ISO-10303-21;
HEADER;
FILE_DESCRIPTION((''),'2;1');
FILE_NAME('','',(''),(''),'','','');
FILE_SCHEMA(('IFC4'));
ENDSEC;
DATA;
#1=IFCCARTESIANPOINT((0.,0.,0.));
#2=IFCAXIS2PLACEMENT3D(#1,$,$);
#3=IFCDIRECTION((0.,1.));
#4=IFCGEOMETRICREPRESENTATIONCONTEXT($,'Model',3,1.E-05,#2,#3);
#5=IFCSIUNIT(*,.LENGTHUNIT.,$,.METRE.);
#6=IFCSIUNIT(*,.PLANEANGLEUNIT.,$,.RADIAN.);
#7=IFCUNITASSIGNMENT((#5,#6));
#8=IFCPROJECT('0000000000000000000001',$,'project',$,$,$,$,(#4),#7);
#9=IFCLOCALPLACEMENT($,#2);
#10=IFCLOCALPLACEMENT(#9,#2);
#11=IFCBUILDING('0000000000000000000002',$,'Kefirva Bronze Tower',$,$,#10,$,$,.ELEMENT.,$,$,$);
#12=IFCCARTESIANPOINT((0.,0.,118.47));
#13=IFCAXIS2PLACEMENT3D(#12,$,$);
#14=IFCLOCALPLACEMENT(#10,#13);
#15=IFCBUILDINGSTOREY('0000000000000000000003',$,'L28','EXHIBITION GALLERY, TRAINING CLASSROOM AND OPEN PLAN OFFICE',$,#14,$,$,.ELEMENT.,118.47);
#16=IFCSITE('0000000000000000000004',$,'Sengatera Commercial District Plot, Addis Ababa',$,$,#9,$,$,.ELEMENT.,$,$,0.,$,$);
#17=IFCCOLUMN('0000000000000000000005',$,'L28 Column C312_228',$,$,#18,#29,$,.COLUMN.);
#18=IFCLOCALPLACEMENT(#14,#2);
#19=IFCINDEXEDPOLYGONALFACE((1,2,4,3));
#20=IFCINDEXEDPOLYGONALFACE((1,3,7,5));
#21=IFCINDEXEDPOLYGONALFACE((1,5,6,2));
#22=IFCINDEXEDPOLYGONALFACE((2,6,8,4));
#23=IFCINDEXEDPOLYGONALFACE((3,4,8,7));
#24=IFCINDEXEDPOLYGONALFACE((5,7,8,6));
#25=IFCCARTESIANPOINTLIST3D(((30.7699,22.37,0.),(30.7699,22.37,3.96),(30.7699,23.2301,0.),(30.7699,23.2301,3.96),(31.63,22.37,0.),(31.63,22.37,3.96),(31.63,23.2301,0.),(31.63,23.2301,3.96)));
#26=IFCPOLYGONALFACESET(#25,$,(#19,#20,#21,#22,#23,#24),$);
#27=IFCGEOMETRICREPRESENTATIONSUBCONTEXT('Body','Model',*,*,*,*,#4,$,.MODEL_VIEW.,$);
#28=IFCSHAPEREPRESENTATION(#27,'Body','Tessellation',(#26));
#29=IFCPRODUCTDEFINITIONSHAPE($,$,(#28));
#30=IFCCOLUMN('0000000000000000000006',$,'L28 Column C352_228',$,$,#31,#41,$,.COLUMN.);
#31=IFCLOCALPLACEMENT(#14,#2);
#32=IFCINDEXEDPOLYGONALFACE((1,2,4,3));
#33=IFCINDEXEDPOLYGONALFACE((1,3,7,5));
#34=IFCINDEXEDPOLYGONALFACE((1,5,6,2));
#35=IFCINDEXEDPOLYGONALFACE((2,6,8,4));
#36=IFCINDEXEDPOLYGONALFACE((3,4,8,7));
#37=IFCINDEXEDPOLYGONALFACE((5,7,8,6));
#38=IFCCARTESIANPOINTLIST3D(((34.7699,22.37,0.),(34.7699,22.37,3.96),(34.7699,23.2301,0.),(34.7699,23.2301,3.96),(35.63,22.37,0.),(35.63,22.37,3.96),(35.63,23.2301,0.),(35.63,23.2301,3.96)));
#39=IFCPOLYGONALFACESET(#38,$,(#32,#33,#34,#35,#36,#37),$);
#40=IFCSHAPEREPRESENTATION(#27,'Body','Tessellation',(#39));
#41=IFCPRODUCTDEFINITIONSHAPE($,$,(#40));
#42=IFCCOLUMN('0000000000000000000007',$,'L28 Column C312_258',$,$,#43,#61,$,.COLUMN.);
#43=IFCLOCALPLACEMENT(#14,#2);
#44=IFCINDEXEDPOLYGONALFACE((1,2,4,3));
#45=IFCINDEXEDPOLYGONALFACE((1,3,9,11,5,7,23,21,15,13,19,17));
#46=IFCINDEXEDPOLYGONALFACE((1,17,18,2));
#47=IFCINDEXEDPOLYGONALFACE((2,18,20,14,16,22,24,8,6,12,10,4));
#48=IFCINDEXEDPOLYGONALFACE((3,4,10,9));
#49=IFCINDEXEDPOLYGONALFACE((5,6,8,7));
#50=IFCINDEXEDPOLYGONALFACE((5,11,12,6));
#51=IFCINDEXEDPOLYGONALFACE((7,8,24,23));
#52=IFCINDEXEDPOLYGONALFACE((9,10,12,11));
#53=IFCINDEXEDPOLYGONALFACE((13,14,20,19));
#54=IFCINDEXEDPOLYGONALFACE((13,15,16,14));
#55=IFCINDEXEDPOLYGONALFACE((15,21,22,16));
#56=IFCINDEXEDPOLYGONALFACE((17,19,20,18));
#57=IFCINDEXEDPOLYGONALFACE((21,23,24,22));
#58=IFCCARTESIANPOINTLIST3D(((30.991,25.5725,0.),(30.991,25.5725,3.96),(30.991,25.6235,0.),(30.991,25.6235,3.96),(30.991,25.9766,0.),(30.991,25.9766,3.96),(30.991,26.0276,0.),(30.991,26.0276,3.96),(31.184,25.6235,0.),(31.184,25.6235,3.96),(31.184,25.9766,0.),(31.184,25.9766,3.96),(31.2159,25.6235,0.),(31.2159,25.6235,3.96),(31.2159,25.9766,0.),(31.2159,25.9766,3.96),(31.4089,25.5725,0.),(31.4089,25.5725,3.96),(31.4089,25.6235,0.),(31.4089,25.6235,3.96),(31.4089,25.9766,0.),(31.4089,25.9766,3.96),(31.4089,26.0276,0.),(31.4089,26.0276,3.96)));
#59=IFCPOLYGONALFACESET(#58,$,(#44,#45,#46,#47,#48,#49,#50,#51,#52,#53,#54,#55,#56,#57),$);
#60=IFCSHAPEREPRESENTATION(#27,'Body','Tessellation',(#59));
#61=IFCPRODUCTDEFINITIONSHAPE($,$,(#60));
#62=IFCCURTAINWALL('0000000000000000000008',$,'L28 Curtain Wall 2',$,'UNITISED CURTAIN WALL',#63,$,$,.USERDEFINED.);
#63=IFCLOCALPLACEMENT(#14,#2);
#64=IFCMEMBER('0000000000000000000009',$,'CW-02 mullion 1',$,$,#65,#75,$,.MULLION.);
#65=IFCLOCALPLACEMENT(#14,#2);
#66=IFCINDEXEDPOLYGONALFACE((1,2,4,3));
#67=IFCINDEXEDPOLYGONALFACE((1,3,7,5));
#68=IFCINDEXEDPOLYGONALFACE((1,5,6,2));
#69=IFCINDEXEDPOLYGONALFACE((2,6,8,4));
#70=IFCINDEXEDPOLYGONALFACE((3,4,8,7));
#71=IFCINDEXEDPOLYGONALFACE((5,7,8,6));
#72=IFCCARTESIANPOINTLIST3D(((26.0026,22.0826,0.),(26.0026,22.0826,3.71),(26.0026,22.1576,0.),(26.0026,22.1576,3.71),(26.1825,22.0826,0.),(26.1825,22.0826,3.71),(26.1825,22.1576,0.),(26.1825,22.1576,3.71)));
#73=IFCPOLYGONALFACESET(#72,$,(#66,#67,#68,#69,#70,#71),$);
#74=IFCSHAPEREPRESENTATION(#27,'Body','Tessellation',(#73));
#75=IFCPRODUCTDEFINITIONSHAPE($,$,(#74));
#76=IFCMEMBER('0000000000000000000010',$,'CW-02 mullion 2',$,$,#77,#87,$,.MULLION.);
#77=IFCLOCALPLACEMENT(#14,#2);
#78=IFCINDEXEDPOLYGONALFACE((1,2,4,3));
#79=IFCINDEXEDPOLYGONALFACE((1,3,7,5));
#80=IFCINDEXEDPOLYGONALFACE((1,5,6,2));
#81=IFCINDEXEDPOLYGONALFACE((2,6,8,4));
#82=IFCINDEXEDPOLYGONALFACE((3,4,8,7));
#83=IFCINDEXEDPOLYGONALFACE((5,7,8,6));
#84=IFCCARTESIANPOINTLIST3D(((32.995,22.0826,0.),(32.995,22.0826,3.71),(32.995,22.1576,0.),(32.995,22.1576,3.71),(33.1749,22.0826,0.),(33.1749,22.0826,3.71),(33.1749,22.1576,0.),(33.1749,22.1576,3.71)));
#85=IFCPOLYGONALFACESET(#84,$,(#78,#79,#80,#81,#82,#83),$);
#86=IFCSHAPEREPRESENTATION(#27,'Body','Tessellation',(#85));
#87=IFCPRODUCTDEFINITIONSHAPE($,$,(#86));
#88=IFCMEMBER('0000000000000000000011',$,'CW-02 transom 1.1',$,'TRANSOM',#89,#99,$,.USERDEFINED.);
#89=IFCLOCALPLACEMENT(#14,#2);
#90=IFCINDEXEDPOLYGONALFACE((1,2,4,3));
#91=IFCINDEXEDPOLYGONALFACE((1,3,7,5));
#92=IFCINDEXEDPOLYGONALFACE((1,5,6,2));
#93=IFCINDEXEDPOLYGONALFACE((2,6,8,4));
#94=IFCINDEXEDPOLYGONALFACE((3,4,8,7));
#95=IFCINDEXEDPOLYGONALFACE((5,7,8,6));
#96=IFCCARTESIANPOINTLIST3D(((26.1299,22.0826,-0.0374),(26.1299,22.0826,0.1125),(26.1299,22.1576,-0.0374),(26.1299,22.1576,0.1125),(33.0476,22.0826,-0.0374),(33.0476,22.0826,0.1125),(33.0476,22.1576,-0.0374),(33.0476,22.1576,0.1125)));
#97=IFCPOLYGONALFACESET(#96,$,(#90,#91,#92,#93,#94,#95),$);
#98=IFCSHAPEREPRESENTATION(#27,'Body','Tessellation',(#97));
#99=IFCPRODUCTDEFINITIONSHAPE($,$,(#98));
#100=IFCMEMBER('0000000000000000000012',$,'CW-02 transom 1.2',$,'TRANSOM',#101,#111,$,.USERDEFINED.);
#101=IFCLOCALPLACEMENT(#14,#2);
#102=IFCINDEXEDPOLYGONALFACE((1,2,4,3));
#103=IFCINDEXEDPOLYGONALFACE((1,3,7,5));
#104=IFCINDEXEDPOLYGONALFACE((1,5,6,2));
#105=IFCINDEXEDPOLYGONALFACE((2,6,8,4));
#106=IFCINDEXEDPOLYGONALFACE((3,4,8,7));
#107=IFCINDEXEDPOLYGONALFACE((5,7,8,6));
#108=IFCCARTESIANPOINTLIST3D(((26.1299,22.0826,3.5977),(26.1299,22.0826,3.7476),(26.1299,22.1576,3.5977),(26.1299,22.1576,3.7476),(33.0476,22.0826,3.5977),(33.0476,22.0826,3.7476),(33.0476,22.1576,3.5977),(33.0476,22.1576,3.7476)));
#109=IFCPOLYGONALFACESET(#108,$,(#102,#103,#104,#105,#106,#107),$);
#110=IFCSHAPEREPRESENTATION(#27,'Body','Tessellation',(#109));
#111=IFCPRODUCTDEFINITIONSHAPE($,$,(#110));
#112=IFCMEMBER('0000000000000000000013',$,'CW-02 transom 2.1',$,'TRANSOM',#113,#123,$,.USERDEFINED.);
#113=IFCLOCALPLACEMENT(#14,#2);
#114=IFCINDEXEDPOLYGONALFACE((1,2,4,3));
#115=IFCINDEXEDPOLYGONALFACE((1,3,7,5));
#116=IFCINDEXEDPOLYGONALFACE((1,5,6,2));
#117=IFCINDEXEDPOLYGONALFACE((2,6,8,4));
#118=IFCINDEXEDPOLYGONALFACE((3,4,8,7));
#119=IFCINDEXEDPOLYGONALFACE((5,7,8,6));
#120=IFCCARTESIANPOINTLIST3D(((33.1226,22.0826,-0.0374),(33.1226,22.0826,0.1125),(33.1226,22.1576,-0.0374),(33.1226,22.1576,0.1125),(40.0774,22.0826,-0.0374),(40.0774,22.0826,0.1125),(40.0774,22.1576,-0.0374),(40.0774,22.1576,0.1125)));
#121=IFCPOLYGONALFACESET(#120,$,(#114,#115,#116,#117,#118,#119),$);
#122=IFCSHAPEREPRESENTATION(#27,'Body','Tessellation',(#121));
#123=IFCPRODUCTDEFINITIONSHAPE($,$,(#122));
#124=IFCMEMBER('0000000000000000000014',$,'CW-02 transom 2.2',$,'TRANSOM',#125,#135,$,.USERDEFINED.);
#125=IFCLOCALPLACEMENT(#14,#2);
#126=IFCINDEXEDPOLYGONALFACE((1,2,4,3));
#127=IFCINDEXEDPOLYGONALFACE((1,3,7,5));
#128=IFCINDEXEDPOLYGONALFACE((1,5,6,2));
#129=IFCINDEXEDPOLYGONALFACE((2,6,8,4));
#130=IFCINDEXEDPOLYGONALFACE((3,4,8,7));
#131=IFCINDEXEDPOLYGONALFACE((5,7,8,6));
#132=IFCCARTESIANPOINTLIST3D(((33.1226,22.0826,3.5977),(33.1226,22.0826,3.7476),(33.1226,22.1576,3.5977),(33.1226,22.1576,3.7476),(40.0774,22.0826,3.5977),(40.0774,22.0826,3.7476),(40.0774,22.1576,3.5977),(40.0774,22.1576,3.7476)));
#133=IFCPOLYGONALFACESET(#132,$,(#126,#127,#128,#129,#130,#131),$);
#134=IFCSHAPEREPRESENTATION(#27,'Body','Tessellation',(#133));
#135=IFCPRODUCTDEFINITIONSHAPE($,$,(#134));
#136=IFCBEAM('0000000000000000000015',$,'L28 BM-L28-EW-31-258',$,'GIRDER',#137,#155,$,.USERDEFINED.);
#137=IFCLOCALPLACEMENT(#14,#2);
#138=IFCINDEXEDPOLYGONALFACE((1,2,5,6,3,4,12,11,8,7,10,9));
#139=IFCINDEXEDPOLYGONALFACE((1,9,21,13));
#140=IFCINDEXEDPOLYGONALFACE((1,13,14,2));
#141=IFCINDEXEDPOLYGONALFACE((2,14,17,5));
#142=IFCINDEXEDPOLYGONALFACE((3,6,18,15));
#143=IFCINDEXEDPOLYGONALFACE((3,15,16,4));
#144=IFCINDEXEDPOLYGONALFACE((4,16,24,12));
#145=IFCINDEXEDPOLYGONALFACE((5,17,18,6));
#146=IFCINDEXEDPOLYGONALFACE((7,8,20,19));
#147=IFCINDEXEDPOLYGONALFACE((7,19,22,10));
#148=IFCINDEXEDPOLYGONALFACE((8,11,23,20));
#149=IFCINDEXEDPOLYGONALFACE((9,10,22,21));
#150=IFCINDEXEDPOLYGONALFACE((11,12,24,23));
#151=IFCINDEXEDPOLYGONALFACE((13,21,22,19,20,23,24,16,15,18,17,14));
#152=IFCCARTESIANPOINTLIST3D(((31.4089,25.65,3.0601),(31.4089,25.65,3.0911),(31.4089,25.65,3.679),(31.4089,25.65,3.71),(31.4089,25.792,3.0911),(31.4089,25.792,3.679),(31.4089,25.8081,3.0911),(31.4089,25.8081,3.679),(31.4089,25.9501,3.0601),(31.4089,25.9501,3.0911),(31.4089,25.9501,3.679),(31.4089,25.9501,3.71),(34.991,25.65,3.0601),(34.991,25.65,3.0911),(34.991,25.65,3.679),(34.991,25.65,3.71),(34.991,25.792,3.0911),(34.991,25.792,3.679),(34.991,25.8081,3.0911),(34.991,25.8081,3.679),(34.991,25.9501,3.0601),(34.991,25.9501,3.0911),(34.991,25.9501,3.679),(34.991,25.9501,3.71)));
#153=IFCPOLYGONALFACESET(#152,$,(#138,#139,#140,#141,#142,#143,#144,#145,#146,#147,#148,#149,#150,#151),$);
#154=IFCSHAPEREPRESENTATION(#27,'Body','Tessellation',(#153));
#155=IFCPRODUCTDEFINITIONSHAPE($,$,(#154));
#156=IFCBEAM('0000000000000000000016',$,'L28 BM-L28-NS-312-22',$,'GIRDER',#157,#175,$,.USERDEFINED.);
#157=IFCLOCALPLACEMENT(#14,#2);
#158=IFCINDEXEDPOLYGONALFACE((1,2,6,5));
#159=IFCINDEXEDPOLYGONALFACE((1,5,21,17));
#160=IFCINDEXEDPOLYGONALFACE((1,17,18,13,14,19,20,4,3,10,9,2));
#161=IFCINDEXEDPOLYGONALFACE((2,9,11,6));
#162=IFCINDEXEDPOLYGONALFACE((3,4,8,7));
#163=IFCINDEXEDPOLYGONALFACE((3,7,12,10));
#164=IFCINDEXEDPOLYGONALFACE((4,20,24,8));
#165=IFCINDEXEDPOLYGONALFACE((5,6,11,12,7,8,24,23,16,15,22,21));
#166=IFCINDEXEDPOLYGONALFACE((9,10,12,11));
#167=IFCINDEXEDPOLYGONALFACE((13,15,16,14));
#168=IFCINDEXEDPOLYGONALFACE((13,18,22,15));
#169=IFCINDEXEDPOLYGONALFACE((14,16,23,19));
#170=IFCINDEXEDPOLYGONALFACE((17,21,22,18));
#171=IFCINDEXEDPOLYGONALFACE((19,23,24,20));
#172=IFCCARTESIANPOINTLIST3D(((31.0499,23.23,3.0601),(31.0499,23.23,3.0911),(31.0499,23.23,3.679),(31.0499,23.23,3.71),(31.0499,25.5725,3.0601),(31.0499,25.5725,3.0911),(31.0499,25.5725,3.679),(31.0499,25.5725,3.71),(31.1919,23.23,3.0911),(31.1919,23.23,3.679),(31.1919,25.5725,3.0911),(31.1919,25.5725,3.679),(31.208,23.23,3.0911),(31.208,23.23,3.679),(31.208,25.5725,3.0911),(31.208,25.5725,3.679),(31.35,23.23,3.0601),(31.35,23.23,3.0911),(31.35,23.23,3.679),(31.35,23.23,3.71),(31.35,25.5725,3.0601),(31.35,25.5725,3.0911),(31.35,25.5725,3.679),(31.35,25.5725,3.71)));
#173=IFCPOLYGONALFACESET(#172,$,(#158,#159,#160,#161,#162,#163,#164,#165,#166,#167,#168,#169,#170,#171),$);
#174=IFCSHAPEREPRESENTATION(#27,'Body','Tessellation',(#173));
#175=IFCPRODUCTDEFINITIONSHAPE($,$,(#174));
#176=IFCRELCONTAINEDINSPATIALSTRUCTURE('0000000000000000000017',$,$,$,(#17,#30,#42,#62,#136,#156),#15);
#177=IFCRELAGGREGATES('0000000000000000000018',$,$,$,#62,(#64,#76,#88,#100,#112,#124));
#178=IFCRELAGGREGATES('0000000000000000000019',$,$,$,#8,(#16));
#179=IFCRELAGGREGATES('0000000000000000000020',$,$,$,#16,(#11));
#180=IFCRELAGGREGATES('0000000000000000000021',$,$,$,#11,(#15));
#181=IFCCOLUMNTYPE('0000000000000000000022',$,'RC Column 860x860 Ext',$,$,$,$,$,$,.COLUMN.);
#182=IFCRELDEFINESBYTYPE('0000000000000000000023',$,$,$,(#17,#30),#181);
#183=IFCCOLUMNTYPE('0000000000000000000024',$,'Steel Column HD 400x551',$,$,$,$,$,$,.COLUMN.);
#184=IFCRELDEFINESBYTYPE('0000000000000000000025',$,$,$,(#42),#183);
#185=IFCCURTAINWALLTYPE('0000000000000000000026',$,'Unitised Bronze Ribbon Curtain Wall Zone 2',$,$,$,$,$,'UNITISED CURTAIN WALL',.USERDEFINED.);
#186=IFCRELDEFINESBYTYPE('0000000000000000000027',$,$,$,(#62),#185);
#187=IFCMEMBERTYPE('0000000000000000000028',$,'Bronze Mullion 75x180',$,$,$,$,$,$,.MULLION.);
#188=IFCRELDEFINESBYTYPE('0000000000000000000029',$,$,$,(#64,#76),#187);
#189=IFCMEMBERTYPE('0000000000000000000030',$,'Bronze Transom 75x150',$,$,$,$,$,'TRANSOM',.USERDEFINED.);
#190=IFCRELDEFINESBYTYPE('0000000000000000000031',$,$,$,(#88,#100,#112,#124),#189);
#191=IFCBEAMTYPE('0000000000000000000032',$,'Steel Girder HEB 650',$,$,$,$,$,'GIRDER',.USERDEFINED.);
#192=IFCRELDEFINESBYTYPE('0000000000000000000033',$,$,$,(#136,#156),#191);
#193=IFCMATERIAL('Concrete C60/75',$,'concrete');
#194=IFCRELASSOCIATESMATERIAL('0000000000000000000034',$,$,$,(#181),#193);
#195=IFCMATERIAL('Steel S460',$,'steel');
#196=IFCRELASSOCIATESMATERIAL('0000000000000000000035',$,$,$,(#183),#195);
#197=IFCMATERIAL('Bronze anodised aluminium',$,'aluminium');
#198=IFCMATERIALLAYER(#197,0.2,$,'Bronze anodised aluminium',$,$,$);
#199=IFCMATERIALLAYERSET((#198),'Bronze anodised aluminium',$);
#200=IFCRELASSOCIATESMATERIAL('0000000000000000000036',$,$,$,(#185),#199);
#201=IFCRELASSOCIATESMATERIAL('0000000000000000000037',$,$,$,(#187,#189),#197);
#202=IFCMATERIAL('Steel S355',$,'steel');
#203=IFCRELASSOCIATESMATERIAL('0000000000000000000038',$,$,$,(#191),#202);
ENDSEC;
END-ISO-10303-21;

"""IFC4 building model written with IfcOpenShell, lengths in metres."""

from ifc_helpers import new_model, si_unit, direction, frame, origin, origin_2d, place, context, subcontext, project, spatial, rectangle, i_section, extrude, material, layer, layer_set, material_profile, profile_set, type_object, element, aggregate, save


model = new_model("IFC4")

# Units and contexts
model_context = context("Model", 3, precision=1e-05, world=origin(), true_north=direction((0.0, 1.0)))
body_context = subcontext(model_context, "Body", "Model", "MODEL_VIEW")
ifc_project = project(units=[si_unit("LENGTHUNIT", "METRE"), si_unit("PLANEANGLEUNIT", "RADIAN")], contexts=[model_context])

# Site, building, storey
site_placement = place(None, origin())
site = spatial("IfcSite", under=ifc_project, at=site_placement, Name="Sengatera Commercial District Plot, Addis Ababa", CompositionType="ELEMENT", RefElevation=0.0)
building_placement = place(site_placement, origin())
building = spatial("IfcBuilding", under=site, at=building_placement, Name="Kefirva Bronze Tower", CompositionType="ELEMENT")
storey_placement = place(building_placement, frame((0.0, 0.0, 118.47)))
storey = spatial("IfcBuildingStorey", under=building, at=storey_placement, Name="L28", Description="EXHIBITION GALLERY, TRAINING CLASSROOM AND OPEN PLAN OFFICE", CompositionType="ELEMENT", Elevation=118.47)

# Columns
ifc_material_1 = material(Name="Concrete C60/75", Category="concrete")
ifc_material_profile_1 = material_profile(ifc_material_1, rectangle(XDim=0.8601, YDim=0.8601, at=origin_2d()), Name="RC 860x860")
ifc_profile_set_1 = profile_set([ifc_material_profile_1], Name="Concrete C60/75")
column_type_1 = type_object("IfcColumnType", Name="RC Column 860x860 Ext", PredefinedType="COLUMN", material=ifc_profile_set_1)
for number, where, z_axis, x_axis, name in (
    (1, (31.2, 22.8, 0.0), (0.0, 0.0, 1.0), (1.0, 0.0, 0.0), "L28 Column C312_228"),
    (2, (35.2, 22.8, 0.0), (0.0, 0.0, 1.0), (1.0, 0.0, 0.0), "L28 Column C352_228"),
):
    element("IfcColumn", number, at=place(storey_placement, frame(where, z_axis=z_axis, x_axis=x_axis)), inside=storey, type_object=column_type_1, Name=name, PredefinedType="COLUMN", context=body_context, shape_type="SweptSolid", body=[
        extrude(rectangle(XDim=0.8601, YDim=0.8601, at=origin_2d()), origin(), (0.0, 0.0, 1.0), 3.96),
    ])
ifc_material_2 = material(Name="Steel S460", Category="steel")
ifc_material_profile_2 = material_profile(ifc_material_2, i_section(OverallWidth=0.418, OverallDepth=0.4551, WebThickness=0.032, FlangeThickness=0.051, at=origin_2d()), Name="HD 400x551")
ifc_profile_set_2 = profile_set([ifc_material_profile_2], Name="Steel S460")
column_type_2 = type_object("IfcColumnType", Name="Steel Column HD 400x551", PredefinedType="COLUMN", material=ifc_profile_set_2)
column_placement = place(storey_placement, frame((31.2, 25.8, 0.0), z_axis=(0.0, 0.0, 1.0), x_axis=(1.0, 0.0, 0.0)))
element("IfcColumn", 3, at=column_placement, inside=storey, type_object=column_type_2, Name="L28 Column C312_258", PredefinedType="COLUMN", context=body_context, shape_type="SweptSolid", body=[
    extrude(i_section(OverallWidth=0.418, OverallDepth=0.4551, WebThickness=0.032, FlangeThickness=0.051, at=origin_2d()), origin(), (0.0, 0.0, 1.0), 3.96),
])

# Curtain wall, members
ifc_material_3 = material(Name="Bronze anodised aluminium", Category="aluminium")
ifc_layer_1 = layer(ifc_material_3, 0.2, Name="Bronze anodised aluminium")
ifc_layer_set_1 = layer_set([ifc_layer_1], Name="Bronze anodised aluminium")
curtain_wall_type = type_object("IfcCurtainWallType", Name="Unitised Bronze Ribbon Curtain Wall Zone 2", ElementType="UNITISED CURTAIN WALL", PredefinedType="USERDEFINED", material=ifc_layer_set_1)
curtain_wall_placement = place(storey_placement, origin())
curtain_wall = element("IfcCurtainWall", 4, at=curtain_wall_placement, inside=storey, type_object=curtain_wall_type, Name="L28 Curtain Wall 2", ObjectType="UNITISED CURTAIN WALL", PredefinedType="USERDEFINED")
ifc_material_profile_3 = material_profile(ifc_material_3, rectangle(XDim=0.075, YDim=0.1799, at=origin_2d()), Name="ALU 75x180")
ifc_profile_set_3 = profile_set([ifc_material_profile_3], Name="Bronze anodised aluminium")
member_type_1 = type_object("IfcMemberType", Name="Bronze Mullion 75x180", PredefinedType="MULLION", material=ifc_profile_set_3)
member_1_placement = place(storey_placement, frame((26.0925, 22.1201, 0.0), z_axis=(0.0, 0.0, 1.0), x_axis=(0.0, 1.0, 0.0)))
member_1 = element("IfcMember", 5, at=member_1_placement, type_object=member_type_1, Name="CW-02 mullion 1", PredefinedType="MULLION", context=body_context, shape_type="SweptSolid", body=[
    extrude(rectangle(XDim=0.075, YDim=0.1799, at=origin_2d()), origin(), (0.0, 0.0, 1.0), 3.71),
])
member_2_placement = place(storey_placement, frame((33.085, 22.1201, 0.0), z_axis=(0.0, 0.0, 1.0), x_axis=(0.0, 1.0, 0.0)))
member_2 = element("IfcMember", 6, at=member_2_placement, type_object=member_type_1, Name="CW-02 mullion 2", PredefinedType="MULLION", context=body_context, shape_type="SweptSolid", body=[
    extrude(rectangle(XDim=0.075, YDim=0.1799, at=origin_2d()), origin(), (0.0, 0.0, 1.0), 3.71),
])
ifc_material_profile_4 = material_profile(ifc_material_3, rectangle(XDim=0.075, YDim=0.1499, at=origin_2d()), Name="ALU 75x150")
ifc_profile_set_4 = profile_set([ifc_material_profile_4], Name="Bronze anodised aluminium")
member_type_2 = type_object("IfcMemberType", Name="Bronze Transom 75x150", ElementType="TRANSOM", PredefinedType="USERDEFINED", material=ifc_profile_set_4)
member_3_placement = place(storey_placement, frame((26.1299, 22.1201, 0.0376), z_axis=(1.0, 0.0, 0.0), x_axis=(0.0, 1.0, 0.0)))
member_3 = element("IfcMember", 7, at=member_3_placement, type_object=member_type_2, Name="CW-02 transom 1.1", ObjectType="TRANSOM", PredefinedType="USERDEFINED", context=body_context, shape_type="SweptSolid", body=[
    extrude(rectangle(XDim=0.075, YDim=0.1499, at=origin_2d()), origin(), (0.0, 0.0, 1.0), 6.9177),
])
member_4_placement = place(storey_placement, frame((26.1299, 22.1201, 3.6726), z_axis=(1.0, 0.0, 0.0), x_axis=(0.0, 1.0, 0.0)))
member_4 = element("IfcMember", 8, at=member_4_placement, type_object=member_type_2, Name="CW-02 transom 1.2", ObjectType="TRANSOM", PredefinedType="USERDEFINED", context=body_context, shape_type="SweptSolid", body=[
    extrude(rectangle(XDim=0.075, YDim=0.1499, at=origin_2d()), origin(), (0.0, 0.0, 1.0), 6.9177),
])
member_5_placement = place(storey_placement, frame((33.1226, 22.1201, 0.0376), z_axis=(1.0, 0.0, 0.0), x_axis=(0.0, 1.0, 0.0)))
member_5 = element("IfcMember", 9, at=member_5_placement, type_object=member_type_2, Name="CW-02 transom 2.1", ObjectType="TRANSOM", PredefinedType="USERDEFINED", context=body_context, shape_type="SweptSolid", body=[
    extrude(rectangle(XDim=0.075, YDim=0.1499, at=origin_2d()), origin(), (0.0, 0.0, 1.0), 6.9548),
])
member_6_placement = place(storey_placement, frame((33.1226, 22.1201, 3.6726), z_axis=(1.0, 0.0, 0.0), x_axis=(0.0, 1.0, 0.0)))
member_6 = element("IfcMember", 10, at=member_6_placement, type_object=member_type_2, Name="CW-02 transom 2.2", ObjectType="TRANSOM", PredefinedType="USERDEFINED", context=body_context, shape_type="SweptSolid", body=[
    extrude(rectangle(XDim=0.075, YDim=0.1499, at=origin_2d()), origin(), (0.0, 0.0, 1.0), 6.9548),
])

# Beams
ifc_material_4 = material(Name="Steel S355", Category="steel")
ifc_material_profile_5 = material_profile(ifc_material_4, i_section(OverallWidth=0.3, OverallDepth=0.6499, WebThickness=0.0161, FlangeThickness=0.031, at=origin_2d()), Name="HEB 650")
ifc_profile_set_5 = profile_set([ifc_material_profile_5], Name="Steel S355")
beam_type_1 = type_object("IfcBeamType", Name="Steel Girder HEB 650", ElementType="GIRDER", PredefinedType="USERDEFINED", material=ifc_profile_set_5)
beam_1_placement = place(storey_placement, frame((31.4089, 25.8, 3.385), z_axis=(1.0, 0.0, 0.0), x_axis=(0.0, 1.0, 0.0)))
element("IfcBeam", 11, at=beam_1_placement, inside=storey, type_object=beam_type_1, Name="L28 BM-L28-EW-31-258", ObjectType="GIRDER", PredefinedType="USERDEFINED", context=body_context, shape_type="SweptSolid", body=[
    extrude(i_section(OverallWidth=0.3, OverallDepth=0.6499, WebThickness=0.0161, FlangeThickness=0.031, at=origin_2d()), origin(), (0.0, 0.0, 1.0), 3.582),
])
for number, where, z_axis, x_axis, name in (
    (12, (31.2, 23.23, 3.385), (0.0, 1.0, 0.0), (-1.0, 0.0, 0.0), "L28 BM-L28-NS-312-22"),
):
    element("IfcBeam", number, at=place(storey_placement, frame(where, z_axis=z_axis, x_axis=x_axis)), inside=storey, type_object=beam_type_1, Name=name, ObjectType="GIRDER", PredefinedType="USERDEFINED", context=body_context, shape_type="SweptSolid", body=[
        extrude(i_section(OverallWidth=0.3, OverallDepth=0.6499, WebThickness=0.0161, FlangeThickness=0.031, at=origin_2d()), origin(), (0.0, 0.0, 1.0), 2.3425),
    ])

aggregate(curtain_wall, [member_1, member_2, member_3, member_4, member_5, member_6])

save(model, "model.ifc")
